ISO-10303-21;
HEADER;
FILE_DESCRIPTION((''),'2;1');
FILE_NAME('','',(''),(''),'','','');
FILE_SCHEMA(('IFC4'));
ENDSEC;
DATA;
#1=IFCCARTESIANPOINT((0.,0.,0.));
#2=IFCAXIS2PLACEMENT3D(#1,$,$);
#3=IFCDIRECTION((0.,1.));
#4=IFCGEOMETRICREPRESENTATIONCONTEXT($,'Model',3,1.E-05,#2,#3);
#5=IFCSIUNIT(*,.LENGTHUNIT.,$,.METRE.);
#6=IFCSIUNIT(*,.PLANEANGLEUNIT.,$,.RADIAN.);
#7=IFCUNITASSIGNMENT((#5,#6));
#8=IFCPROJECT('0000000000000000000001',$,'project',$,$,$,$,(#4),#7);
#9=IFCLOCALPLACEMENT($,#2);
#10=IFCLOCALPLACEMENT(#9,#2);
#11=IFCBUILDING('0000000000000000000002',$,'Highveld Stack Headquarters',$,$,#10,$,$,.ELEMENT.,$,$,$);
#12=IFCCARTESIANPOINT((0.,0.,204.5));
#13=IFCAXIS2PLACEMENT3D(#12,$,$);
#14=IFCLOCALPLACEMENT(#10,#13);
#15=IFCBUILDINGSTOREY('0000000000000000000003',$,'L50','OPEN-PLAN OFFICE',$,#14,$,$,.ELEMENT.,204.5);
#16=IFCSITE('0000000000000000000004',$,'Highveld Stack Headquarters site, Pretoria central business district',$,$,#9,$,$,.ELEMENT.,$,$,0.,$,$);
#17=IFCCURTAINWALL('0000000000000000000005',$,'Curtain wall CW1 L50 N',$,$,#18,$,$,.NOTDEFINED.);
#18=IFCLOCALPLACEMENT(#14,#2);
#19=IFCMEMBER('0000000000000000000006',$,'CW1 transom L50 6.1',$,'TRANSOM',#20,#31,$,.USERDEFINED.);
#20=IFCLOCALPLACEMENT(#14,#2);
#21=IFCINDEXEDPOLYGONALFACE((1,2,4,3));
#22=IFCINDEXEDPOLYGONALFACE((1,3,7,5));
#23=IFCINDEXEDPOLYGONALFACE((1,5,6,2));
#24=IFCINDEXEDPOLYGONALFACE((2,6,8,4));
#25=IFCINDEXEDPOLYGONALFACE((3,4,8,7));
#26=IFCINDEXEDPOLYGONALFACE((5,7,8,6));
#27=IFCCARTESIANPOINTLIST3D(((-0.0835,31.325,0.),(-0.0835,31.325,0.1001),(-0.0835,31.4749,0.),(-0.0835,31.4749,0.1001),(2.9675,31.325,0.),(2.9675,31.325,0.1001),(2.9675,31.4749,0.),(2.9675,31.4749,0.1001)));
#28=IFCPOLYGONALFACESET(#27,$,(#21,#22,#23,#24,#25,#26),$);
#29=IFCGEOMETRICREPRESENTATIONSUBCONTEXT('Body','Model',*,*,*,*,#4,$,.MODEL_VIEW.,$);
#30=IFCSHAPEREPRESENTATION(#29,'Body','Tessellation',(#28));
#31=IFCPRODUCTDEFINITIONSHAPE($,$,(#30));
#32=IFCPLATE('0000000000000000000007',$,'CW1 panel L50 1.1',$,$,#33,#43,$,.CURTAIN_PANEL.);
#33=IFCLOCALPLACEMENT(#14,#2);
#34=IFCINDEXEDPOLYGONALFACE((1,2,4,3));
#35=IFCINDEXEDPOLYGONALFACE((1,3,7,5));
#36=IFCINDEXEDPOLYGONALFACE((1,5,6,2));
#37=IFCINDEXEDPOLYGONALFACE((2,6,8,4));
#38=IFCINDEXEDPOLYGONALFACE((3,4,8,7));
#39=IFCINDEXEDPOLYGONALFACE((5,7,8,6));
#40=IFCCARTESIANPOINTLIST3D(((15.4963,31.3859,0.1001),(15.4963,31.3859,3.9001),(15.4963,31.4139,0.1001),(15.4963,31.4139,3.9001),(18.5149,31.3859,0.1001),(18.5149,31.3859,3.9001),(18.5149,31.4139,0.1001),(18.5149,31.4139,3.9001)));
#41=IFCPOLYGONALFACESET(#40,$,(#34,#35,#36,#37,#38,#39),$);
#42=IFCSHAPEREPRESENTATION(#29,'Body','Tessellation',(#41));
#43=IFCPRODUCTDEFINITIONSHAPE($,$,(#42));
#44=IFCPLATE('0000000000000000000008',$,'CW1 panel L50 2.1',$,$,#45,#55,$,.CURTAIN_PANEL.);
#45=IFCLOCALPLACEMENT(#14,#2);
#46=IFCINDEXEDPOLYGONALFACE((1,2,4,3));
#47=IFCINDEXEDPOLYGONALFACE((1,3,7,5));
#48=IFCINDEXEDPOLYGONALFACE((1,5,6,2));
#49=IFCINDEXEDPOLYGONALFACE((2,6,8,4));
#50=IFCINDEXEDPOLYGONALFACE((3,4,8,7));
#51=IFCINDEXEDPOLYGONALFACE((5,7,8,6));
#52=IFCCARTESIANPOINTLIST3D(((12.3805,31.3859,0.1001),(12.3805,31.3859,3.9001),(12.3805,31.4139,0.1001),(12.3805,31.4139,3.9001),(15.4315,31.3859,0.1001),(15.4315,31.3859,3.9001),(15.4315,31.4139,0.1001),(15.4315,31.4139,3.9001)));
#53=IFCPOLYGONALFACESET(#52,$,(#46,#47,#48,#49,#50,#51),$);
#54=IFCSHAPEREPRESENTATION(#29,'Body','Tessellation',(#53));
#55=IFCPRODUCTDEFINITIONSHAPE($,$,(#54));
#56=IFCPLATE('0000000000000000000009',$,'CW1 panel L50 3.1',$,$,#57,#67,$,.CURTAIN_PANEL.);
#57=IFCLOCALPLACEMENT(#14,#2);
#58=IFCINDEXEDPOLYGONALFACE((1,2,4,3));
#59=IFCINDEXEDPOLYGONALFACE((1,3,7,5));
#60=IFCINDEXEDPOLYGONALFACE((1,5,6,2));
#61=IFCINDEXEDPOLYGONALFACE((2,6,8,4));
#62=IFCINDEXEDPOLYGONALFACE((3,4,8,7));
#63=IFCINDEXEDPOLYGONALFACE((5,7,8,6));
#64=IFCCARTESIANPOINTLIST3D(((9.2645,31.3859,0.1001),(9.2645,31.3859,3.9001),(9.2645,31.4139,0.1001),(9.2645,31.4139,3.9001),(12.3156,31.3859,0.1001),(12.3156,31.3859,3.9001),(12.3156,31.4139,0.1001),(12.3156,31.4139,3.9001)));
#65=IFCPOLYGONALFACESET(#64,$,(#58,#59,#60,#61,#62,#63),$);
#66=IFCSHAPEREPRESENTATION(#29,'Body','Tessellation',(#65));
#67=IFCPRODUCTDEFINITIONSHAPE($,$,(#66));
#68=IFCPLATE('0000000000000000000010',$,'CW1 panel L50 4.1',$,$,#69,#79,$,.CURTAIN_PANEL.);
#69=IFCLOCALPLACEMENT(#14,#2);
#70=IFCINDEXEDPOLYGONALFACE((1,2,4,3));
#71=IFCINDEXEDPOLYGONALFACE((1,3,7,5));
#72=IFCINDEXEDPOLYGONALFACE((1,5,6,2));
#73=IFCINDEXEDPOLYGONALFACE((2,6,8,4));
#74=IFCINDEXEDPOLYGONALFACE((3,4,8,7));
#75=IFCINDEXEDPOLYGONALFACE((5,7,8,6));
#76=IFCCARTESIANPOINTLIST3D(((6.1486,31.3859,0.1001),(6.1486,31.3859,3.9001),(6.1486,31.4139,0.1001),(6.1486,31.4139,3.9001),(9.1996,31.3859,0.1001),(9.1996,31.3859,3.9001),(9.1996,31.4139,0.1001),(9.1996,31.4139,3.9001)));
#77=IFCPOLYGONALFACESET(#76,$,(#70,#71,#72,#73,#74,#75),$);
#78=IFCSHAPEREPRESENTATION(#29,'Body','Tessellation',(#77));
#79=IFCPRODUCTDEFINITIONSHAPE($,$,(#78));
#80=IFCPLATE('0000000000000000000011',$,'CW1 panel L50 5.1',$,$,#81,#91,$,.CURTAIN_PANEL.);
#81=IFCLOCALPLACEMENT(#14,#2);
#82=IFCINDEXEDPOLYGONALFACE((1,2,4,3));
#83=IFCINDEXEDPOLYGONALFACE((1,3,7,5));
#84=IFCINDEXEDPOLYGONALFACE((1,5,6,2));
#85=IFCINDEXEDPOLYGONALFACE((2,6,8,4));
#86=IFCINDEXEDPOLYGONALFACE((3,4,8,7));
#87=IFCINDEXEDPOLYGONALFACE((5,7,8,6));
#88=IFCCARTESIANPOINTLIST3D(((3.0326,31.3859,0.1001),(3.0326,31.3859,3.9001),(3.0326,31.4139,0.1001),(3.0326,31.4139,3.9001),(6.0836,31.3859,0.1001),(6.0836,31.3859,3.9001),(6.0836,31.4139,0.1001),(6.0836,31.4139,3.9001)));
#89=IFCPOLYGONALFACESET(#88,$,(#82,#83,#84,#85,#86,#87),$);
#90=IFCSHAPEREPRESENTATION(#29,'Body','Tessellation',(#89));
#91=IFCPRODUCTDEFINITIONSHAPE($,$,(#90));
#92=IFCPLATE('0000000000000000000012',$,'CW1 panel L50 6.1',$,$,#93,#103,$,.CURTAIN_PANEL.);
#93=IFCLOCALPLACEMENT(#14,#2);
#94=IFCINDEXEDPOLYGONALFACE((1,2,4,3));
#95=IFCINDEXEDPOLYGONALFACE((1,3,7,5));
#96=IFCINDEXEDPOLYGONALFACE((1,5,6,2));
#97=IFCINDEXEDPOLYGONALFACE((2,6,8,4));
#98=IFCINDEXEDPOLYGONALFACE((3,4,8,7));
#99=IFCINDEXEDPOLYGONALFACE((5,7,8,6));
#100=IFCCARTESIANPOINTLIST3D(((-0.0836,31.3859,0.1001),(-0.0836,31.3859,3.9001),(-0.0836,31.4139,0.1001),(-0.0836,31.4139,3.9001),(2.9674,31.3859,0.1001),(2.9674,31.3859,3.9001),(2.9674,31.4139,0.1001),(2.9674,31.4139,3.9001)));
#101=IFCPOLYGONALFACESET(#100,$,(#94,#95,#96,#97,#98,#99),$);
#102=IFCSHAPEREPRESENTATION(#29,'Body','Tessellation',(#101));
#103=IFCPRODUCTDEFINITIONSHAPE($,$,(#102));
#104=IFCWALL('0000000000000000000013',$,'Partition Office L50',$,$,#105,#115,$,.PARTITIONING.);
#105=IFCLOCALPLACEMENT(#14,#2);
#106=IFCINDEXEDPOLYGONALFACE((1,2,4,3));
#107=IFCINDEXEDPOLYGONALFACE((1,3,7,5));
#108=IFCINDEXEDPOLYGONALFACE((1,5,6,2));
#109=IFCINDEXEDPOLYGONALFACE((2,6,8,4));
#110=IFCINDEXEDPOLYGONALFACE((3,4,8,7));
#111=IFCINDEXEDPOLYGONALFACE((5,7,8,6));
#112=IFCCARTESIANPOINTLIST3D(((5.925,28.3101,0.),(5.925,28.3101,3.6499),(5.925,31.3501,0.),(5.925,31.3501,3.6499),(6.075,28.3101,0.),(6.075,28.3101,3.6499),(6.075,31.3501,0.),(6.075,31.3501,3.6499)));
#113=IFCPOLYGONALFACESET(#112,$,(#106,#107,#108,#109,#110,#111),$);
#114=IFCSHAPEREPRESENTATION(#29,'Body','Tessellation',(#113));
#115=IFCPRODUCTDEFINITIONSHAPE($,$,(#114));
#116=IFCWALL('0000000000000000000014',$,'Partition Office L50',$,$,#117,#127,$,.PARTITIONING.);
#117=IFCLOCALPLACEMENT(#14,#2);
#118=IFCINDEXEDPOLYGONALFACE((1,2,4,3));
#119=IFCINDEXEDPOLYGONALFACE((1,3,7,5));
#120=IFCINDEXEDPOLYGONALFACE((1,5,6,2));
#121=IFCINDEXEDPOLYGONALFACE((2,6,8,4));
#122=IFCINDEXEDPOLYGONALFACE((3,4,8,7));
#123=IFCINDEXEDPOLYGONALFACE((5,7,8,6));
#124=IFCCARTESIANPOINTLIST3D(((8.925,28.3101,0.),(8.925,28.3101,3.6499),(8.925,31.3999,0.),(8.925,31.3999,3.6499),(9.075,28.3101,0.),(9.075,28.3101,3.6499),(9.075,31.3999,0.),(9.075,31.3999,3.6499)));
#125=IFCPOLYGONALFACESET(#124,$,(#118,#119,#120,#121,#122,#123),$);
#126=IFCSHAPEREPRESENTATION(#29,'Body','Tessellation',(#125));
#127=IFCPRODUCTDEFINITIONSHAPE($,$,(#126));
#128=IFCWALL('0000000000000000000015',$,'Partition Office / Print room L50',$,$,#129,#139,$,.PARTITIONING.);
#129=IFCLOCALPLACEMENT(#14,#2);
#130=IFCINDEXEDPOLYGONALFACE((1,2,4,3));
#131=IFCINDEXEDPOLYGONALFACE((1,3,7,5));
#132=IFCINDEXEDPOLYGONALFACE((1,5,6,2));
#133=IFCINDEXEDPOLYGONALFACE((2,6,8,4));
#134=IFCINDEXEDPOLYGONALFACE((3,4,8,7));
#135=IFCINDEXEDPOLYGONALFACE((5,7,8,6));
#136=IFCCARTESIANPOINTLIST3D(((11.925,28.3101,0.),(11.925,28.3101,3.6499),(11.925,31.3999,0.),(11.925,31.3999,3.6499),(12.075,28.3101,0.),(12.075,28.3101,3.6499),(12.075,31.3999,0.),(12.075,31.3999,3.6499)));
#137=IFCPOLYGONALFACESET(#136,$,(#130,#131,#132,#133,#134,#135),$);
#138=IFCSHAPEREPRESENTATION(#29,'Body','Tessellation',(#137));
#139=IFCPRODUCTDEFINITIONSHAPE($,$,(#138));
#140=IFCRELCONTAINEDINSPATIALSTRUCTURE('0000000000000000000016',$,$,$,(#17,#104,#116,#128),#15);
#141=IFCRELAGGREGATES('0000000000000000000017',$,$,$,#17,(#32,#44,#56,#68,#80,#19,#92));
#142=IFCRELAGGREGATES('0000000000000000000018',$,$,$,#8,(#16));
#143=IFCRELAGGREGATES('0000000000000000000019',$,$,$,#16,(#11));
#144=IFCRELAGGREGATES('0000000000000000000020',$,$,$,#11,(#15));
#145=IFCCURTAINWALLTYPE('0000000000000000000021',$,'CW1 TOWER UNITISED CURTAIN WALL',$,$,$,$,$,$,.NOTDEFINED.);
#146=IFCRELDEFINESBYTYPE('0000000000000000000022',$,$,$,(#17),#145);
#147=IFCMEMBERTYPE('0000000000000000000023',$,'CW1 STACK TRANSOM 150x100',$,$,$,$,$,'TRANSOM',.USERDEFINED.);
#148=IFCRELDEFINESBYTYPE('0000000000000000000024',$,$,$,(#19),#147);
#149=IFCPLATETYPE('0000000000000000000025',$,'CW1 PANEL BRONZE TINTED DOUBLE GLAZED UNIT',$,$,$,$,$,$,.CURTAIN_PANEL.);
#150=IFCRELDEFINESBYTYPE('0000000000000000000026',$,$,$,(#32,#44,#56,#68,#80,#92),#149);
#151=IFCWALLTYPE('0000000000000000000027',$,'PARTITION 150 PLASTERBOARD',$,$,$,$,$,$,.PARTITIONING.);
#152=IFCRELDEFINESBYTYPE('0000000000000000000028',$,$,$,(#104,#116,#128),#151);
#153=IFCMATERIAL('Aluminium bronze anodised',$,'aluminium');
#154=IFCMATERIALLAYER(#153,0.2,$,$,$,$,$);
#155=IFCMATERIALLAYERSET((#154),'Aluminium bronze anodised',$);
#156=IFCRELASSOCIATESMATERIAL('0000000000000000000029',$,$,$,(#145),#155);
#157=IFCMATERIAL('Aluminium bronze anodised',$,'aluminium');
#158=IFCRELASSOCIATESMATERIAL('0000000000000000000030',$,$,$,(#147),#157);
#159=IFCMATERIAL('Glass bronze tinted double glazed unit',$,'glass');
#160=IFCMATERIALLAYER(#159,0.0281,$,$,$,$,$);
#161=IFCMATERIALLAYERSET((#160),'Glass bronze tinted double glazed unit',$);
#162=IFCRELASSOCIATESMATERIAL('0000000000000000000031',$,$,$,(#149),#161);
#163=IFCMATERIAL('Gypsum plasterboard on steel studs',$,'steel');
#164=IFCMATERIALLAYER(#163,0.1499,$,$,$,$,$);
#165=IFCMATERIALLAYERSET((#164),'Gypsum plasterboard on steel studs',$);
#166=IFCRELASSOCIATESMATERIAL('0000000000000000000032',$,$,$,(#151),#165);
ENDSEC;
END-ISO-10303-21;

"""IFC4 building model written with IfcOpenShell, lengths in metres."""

from ifc_helpers import new_model, si_unit, direction, frame, frame_2d, origin, origin_2d, place, context, subcontext, project, spatial, rectangle, extrude, material, layer, layer_set, material_profile, profile_set, type_object, element, aggregate, save


model = new_model("IFC4")

# Units and contexts
model_context = context("Model", 3, precision=1e-05, world=origin(), true_north=direction((0.0, 1.0)))
body_context = subcontext(model_context, "Body", "Model", "MODEL_VIEW")
ifc_project = project(units=[si_unit("LENGTHUNIT", "METRE"), si_unit("PLANEANGLEUNIT", "RADIAN")], contexts=[model_context])

# Site, building, storey
site_placement = place(None, origin())
site = spatial("IfcSite", under=ifc_project, at=site_placement, Name="Highveld Stack Headquarters site, Pretoria central business district", CompositionType="ELEMENT", RefElevation=0.0)
building_placement = place(site_placement, origin())
building = spatial("IfcBuilding", under=site, at=building_placement, Name="Highveld Stack Headquarters", CompositionType="ELEMENT")
storey_placement = place(building_placement, frame((0.0, 0.0, 204.5)))
storey = spatial("IfcBuildingStorey", under=building, at=storey_placement, Name="L50", Description="OPEN-PLAN OFFICE", CompositionType="ELEMENT", Elevation=204.5)

# Curtain wall, member, plates
ifc_material_1 = material(Name="Aluminium bronze anodised", Category="aluminium")
ifc_layer_1 = layer(ifc_material_1, 0.2)
ifc_layer_set_1 = layer_set([ifc_layer_1], Name="Aluminium bronze anodised")
curtain_wall_type = type_object("IfcCurtainWallType", Name="CW1 TOWER UNITISED CURTAIN WALL", PredefinedType="NOTDEFINED", material=ifc_layer_set_1)
curtain_wall_placement = place(storey_placement, origin())
curtain_wall = element("IfcCurtainWall", 1, at=curtain_wall_placement, inside=storey, type_object=curtain_wall_type, Name="Curtain wall CW1 L50 N", PredefinedType="NOTDEFINED")
ifc_material_2 = material(Name="Aluminium bronze anodised", Category="aluminium")
ifc_material_profile_1 = material_profile(ifc_material_2, rectangle(XDim=0.1499, YDim=0.1001, at=origin_2d()), Name="CW1 TRANSOM 150x100")
ifc_profile_set_1 = profile_set([ifc_material_profile_1], Name="Aluminium bronze anodised")
member_type_1 = type_object("IfcMemberType", Name="CW1 STACK TRANSOM 150x100", ElementType="TRANSOM", PredefinedType="USERDEFINED", material=ifc_profile_set_1)
member_1_placement = place(storey_placement, frame((2.9675, 31.3999, 0.05), z_axis=(-1.0, 0.0, 0.0), x_axis=(0.0, -1.0, 0.0)))
member_1 = element("IfcMember", 2, at=member_1_placement, type_object=member_type_1, Name="CW1 transom L50 6.1", ObjectType="TRANSOM", PredefinedType="USERDEFINED", context=body_context, shape_type="SweptSolid", body=[
    extrude(rectangle(XDim=0.1499, YDim=0.1001, at=origin_2d()), origin(), (0.0, 0.0, 1.0), 3.051),
])
ifc_material_3 = material(Name="Glass bronze tinted double glazed unit", Category="glass")
ifc_layer_2 = layer(ifc_material_3, 0.0281)
ifc_layer_set_2 = layer_set([ifc_layer_2], Name="Glass bronze tinted double glazed unit")
plate_type = type_object("IfcPlateType", Name="CW1 PANEL BRONZE TINTED DOUBLE GLAZED UNIT", PredefinedType="CURTAIN_PANEL", material=ifc_layer_set_2)
plate_1_placement = place(storey_placement, frame((17.0056, 31.3999, 0.1001), z_axis=(0.0, 0.0, 1.0), x_axis=(-1.0, 0.0, 0.0)))
plate_1 = element("IfcPlate", 3, at=plate_1_placement, type_object=plate_type, Name="CW1 panel L50 1.1", PredefinedType="CURTAIN_PANEL", context=body_context, shape_type="SweptSolid", body=[
    extrude(rectangle(XDim=3.0186, YDim=0.0281, at=origin_2d()), origin(), (0.0, 0.0, 1.0), 3.8),
])
plate_2_placement = place(storey_placement, frame((13.906, 31.3999, 0.1001), z_axis=(0.0, 0.0, 1.0), x_axis=(-1.0, 0.0, 0.0)))
plate_2 = element("IfcPlate", 4, at=plate_2_placement, type_object=plate_type, Name="CW1 panel L50 2.1", PredefinedType="CURTAIN_PANEL", context=body_context, shape_type="SweptSolid", body=[
    extrude(rectangle(XDim=3.051, YDim=0.0281, at=origin_2d()), origin(), (0.0, 0.0, 1.0), 3.8),
])
plate_3_placement = place(storey_placement, frame((10.79, 31.3999, 0.1001), z_axis=(0.0, 0.0, 1.0), x_axis=(-1.0, 0.0, 0.0)))
plate_3 = element("IfcPlate", 5, at=plate_3_placement, type_object=plate_type, Name="CW1 panel L50 3.1", PredefinedType="CURTAIN_PANEL", context=body_context, shape_type="SweptSolid", body=[
    extrude(rectangle(XDim=3.051, YDim=0.0281, at=origin_2d()), origin(), (0.0, 0.0, 1.0), 3.8),
])
plate_4_placement = place(storey_placement, frame((7.6741, 31.3999, 0.1001), z_axis=(0.0, 0.0, 1.0), x_axis=(-1.0, 0.0, 0.0)))
plate_4 = element("IfcPlate", 6, at=plate_4_placement, type_object=plate_type, Name="CW1 panel L50 4.1", PredefinedType="CURTAIN_PANEL", context=body_context, shape_type="SweptSolid", body=[
    extrude(rectangle(XDim=3.051, YDim=0.0281, at=origin_2d()), origin(), (0.0, 0.0, 1.0), 3.8),
])
plate_5_placement = place(storey_placement, frame((4.5581, 31.3999, 0.1001), z_axis=(0.0, 0.0, 1.0), x_axis=(-1.0, 0.0, 0.0)))
plate_5 = element("IfcPlate", 7, at=plate_5_placement, type_object=plate_type, Name="CW1 panel L50 5.1", PredefinedType="CURTAIN_PANEL", context=body_context, shape_type="SweptSolid", body=[
    extrude(rectangle(XDim=3.051, YDim=0.0281, at=origin_2d()), origin(), (0.0, 0.0, 1.0), 3.8),
])
plate_6_placement = place(storey_placement, frame((1.4419, 31.3999, 0.1001), z_axis=(0.0, 0.0, 1.0), x_axis=(-1.0, 0.0, 0.0)))
plate_6 = element("IfcPlate", 8, at=plate_6_placement, type_object=plate_type, Name="CW1 panel L50 6.1", PredefinedType="CURTAIN_PANEL", context=body_context, shape_type="SweptSolid", body=[
    extrude(rectangle(XDim=3.051, YDim=0.0281, at=origin_2d()), origin(), (0.0, 0.0, 1.0), 3.8),
])
aggregate(curtain_wall, [plate_1, plate_2, plate_3, plate_4, plate_5, member_1, plate_6])

# Walls
ifc_material_4 = material(Name="Gypsum plasterboard on steel studs", Category="steel")
ifc_layer_3 = layer(ifc_material_4, 0.1499)
ifc_layer_set_3 = layer_set([ifc_layer_3], Name="Gypsum plasterboard on steel studs")
wall_type = type_object("IfcWallType", Name="PARTITION 150 PLASTERBOARD", PredefinedType="PARTITIONING", material=ifc_layer_set_3)
wall_placement = place(storey_placement, frame((6.0, 28.3101, 0.0), z_axis=(0.0, 0.0, 1.0), x_axis=(0.0, 1.0, 0.0)))
element("IfcWall", 9, at=wall_placement, inside=storey, type_object=wall_type, Name="Partition Office L50", PredefinedType="PARTITIONING", context=body_context, shape_type="SweptSolid", body=[
    extrude(rectangle(XDim=3.04, YDim=0.1499, at=frame_2d((1.52, 0.0))), origin(), (0.0, 0.0, 1.0), 3.6499),
])
for number, where, z_axis, x_axis, name in (
    (10, (9.0, 28.3101, 0.0), (0.0, 0.0, 1.0), (0.0, 1.0, 0.0), "Partition Office L50"),
    (11, (12.0, 28.3101, 0.0), (0.0, 0.0, 1.0), (0.0, 1.0, 0.0), "Partition Office / Print room L50"),
):
    element("IfcWall", number, at=place(storey_placement, frame(where, z_axis=z_axis, x_axis=x_axis)), inside=storey, type_object=wall_type, Name=name, PredefinedType="PARTITIONING", context=body_context, shape_type="SweptSolid", body=[
        extrude(rectangle(XDim=3.0898, YDim=0.1499, at=frame_2d((1.5449, 0.0))), origin(), (0.0, 0.0, 1.0), 3.6499),
    ])

save(model, "model.ifc")
